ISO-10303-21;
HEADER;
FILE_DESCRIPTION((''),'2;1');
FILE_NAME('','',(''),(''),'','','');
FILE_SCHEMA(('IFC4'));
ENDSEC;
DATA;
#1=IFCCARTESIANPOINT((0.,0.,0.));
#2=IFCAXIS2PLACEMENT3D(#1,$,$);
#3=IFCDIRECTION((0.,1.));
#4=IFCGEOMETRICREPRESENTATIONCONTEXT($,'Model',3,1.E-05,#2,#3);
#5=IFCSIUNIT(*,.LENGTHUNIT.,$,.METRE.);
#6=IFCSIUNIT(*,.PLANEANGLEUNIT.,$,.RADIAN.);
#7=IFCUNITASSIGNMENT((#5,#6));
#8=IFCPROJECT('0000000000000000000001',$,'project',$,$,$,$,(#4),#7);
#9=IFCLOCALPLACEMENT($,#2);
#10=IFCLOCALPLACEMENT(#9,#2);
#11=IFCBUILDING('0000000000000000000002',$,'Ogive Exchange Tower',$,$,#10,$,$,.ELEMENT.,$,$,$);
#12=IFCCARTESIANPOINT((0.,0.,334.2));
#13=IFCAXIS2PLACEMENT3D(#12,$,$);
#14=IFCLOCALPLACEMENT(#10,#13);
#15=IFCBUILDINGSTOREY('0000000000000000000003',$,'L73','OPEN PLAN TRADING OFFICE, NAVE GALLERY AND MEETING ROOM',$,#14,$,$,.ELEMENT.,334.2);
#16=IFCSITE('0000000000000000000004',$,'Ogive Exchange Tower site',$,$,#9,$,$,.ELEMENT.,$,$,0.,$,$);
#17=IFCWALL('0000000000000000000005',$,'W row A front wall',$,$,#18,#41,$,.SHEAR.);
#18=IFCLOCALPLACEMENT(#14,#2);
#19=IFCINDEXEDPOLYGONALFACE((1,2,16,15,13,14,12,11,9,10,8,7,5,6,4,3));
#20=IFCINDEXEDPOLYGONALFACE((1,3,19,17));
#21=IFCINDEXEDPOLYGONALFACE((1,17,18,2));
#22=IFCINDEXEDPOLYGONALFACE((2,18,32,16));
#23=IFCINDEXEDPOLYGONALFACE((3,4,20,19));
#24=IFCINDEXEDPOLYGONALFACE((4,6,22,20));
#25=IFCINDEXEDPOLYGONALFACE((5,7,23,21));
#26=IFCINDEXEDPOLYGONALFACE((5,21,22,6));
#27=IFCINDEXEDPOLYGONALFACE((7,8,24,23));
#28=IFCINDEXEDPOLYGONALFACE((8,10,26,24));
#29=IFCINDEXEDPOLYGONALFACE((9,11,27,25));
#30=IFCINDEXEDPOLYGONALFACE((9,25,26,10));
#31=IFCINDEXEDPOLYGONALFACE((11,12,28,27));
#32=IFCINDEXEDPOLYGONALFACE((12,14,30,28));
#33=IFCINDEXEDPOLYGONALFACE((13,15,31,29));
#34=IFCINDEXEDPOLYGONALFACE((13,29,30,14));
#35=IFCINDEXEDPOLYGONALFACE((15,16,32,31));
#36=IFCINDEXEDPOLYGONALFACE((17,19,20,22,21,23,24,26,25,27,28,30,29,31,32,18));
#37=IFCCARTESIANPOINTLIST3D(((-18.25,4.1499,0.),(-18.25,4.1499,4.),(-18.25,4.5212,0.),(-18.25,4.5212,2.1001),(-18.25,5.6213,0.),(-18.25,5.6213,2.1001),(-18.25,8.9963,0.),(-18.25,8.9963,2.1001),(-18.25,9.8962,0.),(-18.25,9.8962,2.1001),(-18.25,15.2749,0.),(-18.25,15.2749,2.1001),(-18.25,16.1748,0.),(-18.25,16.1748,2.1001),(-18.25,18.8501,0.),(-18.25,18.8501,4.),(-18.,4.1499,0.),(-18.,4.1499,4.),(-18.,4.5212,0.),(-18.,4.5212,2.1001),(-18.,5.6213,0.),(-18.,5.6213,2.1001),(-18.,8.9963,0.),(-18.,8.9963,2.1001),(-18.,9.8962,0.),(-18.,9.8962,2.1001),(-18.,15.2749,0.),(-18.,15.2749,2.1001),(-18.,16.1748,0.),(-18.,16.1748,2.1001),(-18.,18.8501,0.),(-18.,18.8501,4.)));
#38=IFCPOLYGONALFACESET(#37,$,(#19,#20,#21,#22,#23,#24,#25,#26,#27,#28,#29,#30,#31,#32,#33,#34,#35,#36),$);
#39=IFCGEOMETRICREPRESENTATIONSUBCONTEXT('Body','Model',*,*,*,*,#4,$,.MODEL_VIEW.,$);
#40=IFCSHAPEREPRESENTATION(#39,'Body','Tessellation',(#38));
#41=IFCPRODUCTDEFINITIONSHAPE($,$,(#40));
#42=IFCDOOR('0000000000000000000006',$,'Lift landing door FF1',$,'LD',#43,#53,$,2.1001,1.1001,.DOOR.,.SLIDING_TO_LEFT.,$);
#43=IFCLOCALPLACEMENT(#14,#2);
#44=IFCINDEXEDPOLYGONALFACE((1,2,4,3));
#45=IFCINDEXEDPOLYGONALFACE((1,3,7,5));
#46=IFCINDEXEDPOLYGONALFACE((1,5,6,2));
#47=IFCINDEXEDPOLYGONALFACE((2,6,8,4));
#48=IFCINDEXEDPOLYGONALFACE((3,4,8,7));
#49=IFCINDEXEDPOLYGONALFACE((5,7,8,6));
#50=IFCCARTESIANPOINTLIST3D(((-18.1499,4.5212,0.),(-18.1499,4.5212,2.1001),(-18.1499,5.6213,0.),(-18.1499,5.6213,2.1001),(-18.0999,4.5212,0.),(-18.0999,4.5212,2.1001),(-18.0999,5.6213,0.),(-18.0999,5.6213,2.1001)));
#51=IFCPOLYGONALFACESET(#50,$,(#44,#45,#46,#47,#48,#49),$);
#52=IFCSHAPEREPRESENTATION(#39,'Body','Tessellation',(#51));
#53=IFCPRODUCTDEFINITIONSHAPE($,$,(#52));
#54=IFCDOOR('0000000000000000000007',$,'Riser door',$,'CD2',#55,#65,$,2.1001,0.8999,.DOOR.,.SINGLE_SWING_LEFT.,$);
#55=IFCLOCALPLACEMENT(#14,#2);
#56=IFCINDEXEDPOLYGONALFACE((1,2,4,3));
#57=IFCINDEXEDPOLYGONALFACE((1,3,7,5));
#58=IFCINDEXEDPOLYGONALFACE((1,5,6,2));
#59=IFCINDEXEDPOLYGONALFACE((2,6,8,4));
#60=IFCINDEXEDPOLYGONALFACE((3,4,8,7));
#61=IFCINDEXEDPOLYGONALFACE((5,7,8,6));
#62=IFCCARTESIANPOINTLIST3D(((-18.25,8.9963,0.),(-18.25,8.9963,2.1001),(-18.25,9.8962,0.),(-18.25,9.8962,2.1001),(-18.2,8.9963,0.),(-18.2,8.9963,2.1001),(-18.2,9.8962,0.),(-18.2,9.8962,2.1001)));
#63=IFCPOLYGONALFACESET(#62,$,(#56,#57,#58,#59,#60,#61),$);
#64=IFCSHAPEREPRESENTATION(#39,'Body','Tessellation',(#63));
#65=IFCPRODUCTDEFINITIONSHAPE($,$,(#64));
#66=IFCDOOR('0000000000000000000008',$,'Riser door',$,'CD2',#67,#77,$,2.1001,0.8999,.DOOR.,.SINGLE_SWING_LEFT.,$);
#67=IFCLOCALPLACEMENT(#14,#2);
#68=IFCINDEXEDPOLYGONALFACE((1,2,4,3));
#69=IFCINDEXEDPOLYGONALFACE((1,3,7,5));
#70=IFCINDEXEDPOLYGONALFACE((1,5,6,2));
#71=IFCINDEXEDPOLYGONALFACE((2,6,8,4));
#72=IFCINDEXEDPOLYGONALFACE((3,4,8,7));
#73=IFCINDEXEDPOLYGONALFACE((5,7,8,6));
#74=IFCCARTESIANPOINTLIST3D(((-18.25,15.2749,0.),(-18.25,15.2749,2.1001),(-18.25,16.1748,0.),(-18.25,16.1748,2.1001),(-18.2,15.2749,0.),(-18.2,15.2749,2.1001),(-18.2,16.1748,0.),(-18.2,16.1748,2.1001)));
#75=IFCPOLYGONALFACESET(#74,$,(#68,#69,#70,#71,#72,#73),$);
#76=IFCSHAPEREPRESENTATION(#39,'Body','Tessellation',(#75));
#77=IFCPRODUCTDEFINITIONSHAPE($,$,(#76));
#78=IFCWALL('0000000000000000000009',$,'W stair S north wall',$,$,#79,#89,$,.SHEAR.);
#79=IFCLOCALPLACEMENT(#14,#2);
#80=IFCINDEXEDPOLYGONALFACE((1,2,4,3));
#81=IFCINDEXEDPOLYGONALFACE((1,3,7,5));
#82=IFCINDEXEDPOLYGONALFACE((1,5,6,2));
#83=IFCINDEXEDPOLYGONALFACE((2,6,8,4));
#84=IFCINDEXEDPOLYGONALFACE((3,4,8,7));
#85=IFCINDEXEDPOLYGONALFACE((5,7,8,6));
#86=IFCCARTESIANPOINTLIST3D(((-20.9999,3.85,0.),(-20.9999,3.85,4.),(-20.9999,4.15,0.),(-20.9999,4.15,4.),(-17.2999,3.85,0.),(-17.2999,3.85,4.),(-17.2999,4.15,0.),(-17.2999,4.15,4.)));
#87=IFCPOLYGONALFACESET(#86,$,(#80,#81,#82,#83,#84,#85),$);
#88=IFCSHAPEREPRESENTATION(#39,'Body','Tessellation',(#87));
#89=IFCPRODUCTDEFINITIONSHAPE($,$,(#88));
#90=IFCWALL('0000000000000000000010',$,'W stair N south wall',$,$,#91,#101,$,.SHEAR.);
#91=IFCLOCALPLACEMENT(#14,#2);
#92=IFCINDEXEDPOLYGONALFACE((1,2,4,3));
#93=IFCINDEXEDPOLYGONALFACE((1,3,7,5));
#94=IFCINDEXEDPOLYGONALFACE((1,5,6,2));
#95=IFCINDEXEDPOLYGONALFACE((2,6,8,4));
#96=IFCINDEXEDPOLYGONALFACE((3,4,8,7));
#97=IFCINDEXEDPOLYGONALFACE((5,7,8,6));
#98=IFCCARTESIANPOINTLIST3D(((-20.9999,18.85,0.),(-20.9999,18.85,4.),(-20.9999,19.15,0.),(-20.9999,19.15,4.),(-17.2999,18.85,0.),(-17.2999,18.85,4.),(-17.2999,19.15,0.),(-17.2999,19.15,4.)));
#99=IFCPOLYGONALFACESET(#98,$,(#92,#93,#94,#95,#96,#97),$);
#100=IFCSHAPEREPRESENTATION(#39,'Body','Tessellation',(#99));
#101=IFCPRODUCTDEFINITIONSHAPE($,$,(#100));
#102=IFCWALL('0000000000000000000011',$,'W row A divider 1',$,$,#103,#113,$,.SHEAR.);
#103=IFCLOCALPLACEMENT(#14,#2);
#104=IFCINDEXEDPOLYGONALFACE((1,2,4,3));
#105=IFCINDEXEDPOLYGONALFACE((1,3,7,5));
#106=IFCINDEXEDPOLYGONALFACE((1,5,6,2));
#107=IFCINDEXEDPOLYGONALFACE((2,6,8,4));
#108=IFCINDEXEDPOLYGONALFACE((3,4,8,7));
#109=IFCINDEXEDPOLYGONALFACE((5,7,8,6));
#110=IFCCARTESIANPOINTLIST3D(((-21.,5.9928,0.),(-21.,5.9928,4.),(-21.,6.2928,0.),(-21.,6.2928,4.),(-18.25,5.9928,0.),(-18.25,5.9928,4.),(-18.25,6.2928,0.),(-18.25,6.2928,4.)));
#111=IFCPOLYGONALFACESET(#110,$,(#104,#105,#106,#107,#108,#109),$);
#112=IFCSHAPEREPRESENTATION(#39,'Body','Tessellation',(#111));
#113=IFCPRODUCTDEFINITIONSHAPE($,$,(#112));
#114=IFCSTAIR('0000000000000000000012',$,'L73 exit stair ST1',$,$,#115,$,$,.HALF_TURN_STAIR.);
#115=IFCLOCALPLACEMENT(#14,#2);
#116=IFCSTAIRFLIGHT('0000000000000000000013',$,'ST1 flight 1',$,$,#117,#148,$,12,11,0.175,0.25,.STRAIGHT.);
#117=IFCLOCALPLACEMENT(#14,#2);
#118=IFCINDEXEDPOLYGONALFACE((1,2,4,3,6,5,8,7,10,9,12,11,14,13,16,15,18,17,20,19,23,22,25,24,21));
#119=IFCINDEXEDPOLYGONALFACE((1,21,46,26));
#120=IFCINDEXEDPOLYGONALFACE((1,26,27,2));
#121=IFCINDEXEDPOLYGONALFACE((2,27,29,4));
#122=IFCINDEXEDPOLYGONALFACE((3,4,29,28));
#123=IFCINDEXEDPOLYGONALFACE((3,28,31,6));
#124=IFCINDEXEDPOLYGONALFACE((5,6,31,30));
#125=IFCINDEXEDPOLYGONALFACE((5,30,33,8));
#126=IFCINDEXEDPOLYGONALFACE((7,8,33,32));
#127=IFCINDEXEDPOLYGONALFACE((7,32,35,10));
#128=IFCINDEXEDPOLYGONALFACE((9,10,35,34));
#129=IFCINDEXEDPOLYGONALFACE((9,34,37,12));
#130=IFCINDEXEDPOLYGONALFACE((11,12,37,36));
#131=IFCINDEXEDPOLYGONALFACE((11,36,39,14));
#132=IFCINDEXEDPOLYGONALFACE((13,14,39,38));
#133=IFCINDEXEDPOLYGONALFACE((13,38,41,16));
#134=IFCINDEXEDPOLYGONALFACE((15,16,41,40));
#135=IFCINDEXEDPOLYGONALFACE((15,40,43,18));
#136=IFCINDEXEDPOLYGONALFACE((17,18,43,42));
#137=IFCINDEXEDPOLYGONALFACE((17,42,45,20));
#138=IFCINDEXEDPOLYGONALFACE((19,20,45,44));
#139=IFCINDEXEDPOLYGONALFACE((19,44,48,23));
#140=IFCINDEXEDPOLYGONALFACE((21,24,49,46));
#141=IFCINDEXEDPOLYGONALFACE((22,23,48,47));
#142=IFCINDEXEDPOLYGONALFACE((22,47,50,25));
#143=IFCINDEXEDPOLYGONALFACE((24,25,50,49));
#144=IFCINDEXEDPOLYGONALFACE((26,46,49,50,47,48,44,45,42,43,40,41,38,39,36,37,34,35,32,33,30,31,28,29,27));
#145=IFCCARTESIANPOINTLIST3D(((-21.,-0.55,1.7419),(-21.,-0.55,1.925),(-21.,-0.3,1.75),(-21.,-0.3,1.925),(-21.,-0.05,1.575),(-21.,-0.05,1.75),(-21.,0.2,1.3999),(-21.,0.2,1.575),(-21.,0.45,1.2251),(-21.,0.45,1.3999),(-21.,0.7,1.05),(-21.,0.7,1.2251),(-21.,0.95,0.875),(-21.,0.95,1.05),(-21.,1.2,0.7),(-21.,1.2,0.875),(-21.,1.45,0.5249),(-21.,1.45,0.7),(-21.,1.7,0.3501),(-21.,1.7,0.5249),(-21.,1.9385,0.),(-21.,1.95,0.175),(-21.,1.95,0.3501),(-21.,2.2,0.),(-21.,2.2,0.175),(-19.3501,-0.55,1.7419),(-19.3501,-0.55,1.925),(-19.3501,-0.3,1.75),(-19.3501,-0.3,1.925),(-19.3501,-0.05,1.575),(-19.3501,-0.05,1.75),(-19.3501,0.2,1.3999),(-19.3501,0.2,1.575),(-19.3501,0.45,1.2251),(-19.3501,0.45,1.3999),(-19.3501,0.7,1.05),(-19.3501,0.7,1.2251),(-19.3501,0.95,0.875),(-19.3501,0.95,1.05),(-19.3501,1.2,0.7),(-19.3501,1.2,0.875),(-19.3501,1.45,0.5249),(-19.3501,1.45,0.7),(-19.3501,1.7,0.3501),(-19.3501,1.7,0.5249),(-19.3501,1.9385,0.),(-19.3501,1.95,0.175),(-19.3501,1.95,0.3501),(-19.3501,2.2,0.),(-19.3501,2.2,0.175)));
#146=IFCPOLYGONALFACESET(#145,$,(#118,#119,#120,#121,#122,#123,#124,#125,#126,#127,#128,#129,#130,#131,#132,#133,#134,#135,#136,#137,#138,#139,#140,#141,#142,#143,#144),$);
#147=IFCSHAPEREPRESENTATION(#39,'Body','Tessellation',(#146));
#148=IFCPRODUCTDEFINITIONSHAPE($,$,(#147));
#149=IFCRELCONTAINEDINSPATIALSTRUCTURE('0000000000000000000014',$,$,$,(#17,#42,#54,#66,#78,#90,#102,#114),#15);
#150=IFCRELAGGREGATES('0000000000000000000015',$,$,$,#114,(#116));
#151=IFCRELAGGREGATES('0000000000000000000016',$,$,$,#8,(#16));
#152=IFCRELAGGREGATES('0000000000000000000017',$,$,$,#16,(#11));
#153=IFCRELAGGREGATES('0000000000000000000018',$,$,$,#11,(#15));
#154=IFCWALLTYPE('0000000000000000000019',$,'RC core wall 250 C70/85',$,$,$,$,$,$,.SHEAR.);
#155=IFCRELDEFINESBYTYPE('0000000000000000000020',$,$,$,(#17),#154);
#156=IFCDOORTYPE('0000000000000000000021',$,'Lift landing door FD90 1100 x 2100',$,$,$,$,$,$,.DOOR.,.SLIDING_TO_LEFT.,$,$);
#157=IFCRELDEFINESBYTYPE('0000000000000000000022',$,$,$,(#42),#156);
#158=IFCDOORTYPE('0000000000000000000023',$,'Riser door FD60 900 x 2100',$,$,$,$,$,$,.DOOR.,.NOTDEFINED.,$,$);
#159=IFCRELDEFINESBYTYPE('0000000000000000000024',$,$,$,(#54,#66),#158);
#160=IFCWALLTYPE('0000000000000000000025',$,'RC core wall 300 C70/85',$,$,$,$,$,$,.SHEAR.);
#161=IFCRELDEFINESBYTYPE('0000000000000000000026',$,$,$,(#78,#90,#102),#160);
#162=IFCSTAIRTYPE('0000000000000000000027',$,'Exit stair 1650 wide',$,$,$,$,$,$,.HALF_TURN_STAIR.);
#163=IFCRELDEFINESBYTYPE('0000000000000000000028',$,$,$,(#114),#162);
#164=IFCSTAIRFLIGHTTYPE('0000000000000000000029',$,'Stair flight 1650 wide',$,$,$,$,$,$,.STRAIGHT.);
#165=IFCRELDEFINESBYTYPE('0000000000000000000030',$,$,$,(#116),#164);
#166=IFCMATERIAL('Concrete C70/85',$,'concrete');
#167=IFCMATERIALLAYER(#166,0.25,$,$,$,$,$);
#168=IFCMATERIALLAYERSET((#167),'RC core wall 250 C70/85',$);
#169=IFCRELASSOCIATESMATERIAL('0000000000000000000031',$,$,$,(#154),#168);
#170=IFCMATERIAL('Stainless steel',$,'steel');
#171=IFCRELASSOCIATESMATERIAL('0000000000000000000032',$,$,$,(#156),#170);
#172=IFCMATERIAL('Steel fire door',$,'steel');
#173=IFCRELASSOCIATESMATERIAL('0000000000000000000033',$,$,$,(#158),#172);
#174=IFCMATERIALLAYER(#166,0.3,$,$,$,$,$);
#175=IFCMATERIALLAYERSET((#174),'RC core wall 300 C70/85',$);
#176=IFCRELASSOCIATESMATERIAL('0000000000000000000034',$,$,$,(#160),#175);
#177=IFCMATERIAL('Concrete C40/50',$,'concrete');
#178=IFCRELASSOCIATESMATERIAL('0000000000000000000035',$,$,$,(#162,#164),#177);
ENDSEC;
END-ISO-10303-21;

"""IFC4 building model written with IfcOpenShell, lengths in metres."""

from ifc_helpers import new_model, si_unit, direction, frame, frame_2d, origin, place, context, subcontext, project, spatial, polyline, rectangle, outline, extrude, material, layer, layer_set, type_object, element, fill, aggregate, save


model = new_model("IFC4")

# Units and contexts
model_context = context("Model", 3, precision=1e-05, world=origin(), true_north=direction((0.0, 1.0)))
body_context = subcontext(model_context, "Body", "Model", "MODEL_VIEW")
ifc_project = project(units=[si_unit("LENGTHUNIT", "METRE"), si_unit("PLANEANGLEUNIT", "RADIAN")], contexts=[model_context])

# Site, building, storey
site_placement = place(None, origin())
site = spatial("IfcSite", under=ifc_project, at=site_placement, Name="Ogive Exchange Tower site", CompositionType="ELEMENT", RefElevation=0.0)
building_placement = place(site_placement, origin())
building = spatial("IfcBuilding", under=site, at=building_placement, Name="Ogive Exchange Tower", CompositionType="ELEMENT")
storey_placement = place(building_placement, frame((0.0, 0.0, 334.2)))
storey = spatial("IfcBuildingStorey", under=building, at=storey_placement, Name="L73", Description="OPEN PLAN TRADING OFFICE, NAVE GALLERY AND MEETING ROOM", CompositionType="ELEMENT", Elevation=334.2)

# Wall, openings, doors
ifc_material_1 = material(Name="Concrete C70/85", Category="concrete")
ifc_layer_1 = layer(ifc_material_1, 0.25)
ifc_layer_set_1 = layer_set([ifc_layer_1], Name="RC core wall 250 C70/85")
wall_type_1 = type_object("IfcWallType", Name="RC core wall 250 C70/85", PredefinedType="SHEAR", material=ifc_layer_set_1)
wall_1_placement = place(storey_placement, frame((-18.125, 4.1499, 0.0), z_axis=(0.0, 0.0, 1.0), x_axis=(0.0, 1.0, 0.0)))
wall_1 = element("IfcWall", 1, at=wall_1_placement, inside=storey, type_object=wall_type_1, Name="W row A front wall", PredefinedType="SHEAR", context=body_context, shape_type="SweptSolid", body=[
    extrude(rectangle(XDim=14.7002, YDim=0.25, at=frame_2d((7.3501, 0.0))), origin(), (0.0, 0.0, 1.0), 4.0),
])
opening_1_placement = place(wall_1_placement, frame((4.8464, 0.0, 0.0)))
opening_1 = element("IfcOpeningElement", 2, at=opening_1_placement, cuts=wall_1, PredefinedType="OPENING", context=body_context, shape_type="SweptSolid", body=[
    extrude(rectangle(XDim=0.8999, YDim=2.1001, at=frame_2d((0.45, 1.05))), frame((0.0, 0.135, 0.0), z_axis=(0.0, -1.0, 0.0), x_axis=(1.0, 0.0, 0.0)), (0.0, 0.0, 1.0), 0.27),
])
opening_2_placement = place(wall_1_placement, frame((11.125, 0.0, 0.0)))
opening_2 = element("IfcOpeningElement", 3, at=opening_2_placement, cuts=wall_1, PredefinedType="OPENING", context=body_context, shape_type="SweptSolid", body=[
    extrude(rectangle(XDim=0.8999, YDim=2.1001, at=frame_2d((0.45, 1.05))), frame((0.0, 0.135, 0.0), z_axis=(0.0, -1.0, 0.0), x_axis=(1.0, 0.0, 0.0)), (0.0, 0.0, 1.0), 0.27),
])
opening_3_placement = place(wall_1_placement, frame((0.3713, 0.0, 0.0)))
opening_3 = element("IfcOpeningElement", 4, at=opening_3_placement, cuts=wall_1, PredefinedType="OPENING", context=body_context, shape_type="SweptSolid", body=[
    extrude(rectangle(XDim=1.1001, YDim=2.1001, at=frame_2d((0.55, 1.05))), frame((0.0, 0.135, 0.0), z_axis=(0.0, -1.0, 0.0), x_axis=(1.0, 0.0, 0.0)), (0.0, 0.0, 1.0), 0.27),
])
ifc_material_2 = material(Name="Stainless steel", Category="steel")
door_type_1 = type_object("IfcDoorType", Name="Lift landing door FD90 1100 x 2100", OperationType="SLIDING_TO_LEFT", PredefinedType="DOOR", material=ifc_material_2)
door_1_placement = place(opening_3_placement, origin())
door_1 = element("IfcDoor", 5, at=door_1_placement, inside=storey, type_object=door_type_1, Name="Lift landing door FF1", ObjectType="LD", OperationType="SLIDING_TO_LEFT", OverallHeight=2.1001, OverallWidth=1.1001, PredefinedType="DOOR", context=body_context, shape_type="SweptSolid", body=[
    extrude(rectangle(XDim=1.1001, YDim=2.1001, at=frame_2d((0.55, 1.05))), frame((0.0, 0.0249, 0.0), z_axis=(0.0, -1.0, 0.0), x_axis=(1.0, 0.0, 0.0)), (0.0, 0.0, 1.0), 0.05),
])
fill(opening_3, door_1)
ifc_material_3 = material(Name="Steel fire door", Category="steel")
door_type_2 = type_object("IfcDoorType", Name="Riser door FD60 900 x 2100", OperationType="NOTDEFINED", PredefinedType="DOOR", material=ifc_material_3)
door_2_placement = place(opening_1_placement, origin())
door_2 = element("IfcDoor", 6, at=door_2_placement, inside=storey, type_object=door_type_2, Name="Riser door", ObjectType="CD2", OperationType="SINGLE_SWING_LEFT", OverallHeight=2.1001, OverallWidth=0.8999, PredefinedType="DOOR", context=body_context, shape_type="SweptSolid", body=[
    extrude(rectangle(XDim=0.8999, YDim=2.1001, at=frame_2d((0.45, 1.05))), frame((0.0, 0.125, 0.0), z_axis=(0.0, -1.0, 0.0), x_axis=(1.0, 0.0, 0.0)), (0.0, 0.0, 1.0), 0.05),
])
fill(opening_1, door_2)
door_3_placement = place(opening_2_placement, origin())
door_3 = element("IfcDoor", 7, at=door_3_placement, inside=storey, type_object=door_type_2, Name="Riser door", ObjectType="CD2", OperationType="SINGLE_SWING_LEFT", OverallHeight=2.1001, OverallWidth=0.8999, PredefinedType="DOOR", context=body_context, shape_type="SweptSolid", body=[
    extrude(rectangle(XDim=0.8999, YDim=2.1001, at=frame_2d((0.45, 1.05))), frame((0.0, 0.125, 0.0), z_axis=(0.0, -1.0, 0.0), x_axis=(1.0, 0.0, 0.0)), (0.0, 0.0, 1.0), 0.05),
])
fill(opening_2, door_3)

# Walls
ifc_layer_2 = layer(ifc_material_1, 0.3)
ifc_layer_set_2 = layer_set([ifc_layer_2], Name="RC core wall 300 C70/85")
wall_type_2 = type_object("IfcWallType", Name="RC core wall 300 C70/85", PredefinedType="SHEAR", material=ifc_layer_set_2)
for number, where, z_axis, x_axis, name in (
    (8, (-21.0, 4.0, 0.0), (0.0, 0.0, 1.0), (1.0, 0.0, 0.0), "W stair S north wall"),
    (9, (-21.0, 19.0, 0.0), (0.0, 0.0, 1.0), (1.0, 0.0, 0.0), "W stair N south wall"),
):
    element("IfcWall", number, at=place(storey_placement, frame(where, z_axis=z_axis, x_axis=x_axis)), inside=storey, type_object=wall_type_2, Name=name, PredefinedType="SHEAR", context=body_context, shape_type="SweptSolid", body=[
        extrude(rectangle(XDim=3.7, YDim=0.3, at=frame_2d((1.8501, 0.0))), origin(), (0.0, 0.0, 1.0), 4.0),
    ])
wall_2_placement = place(storey_placement, frame((-21.0, 6.1428, 0.0), z_axis=(0.0, 0.0, 1.0), x_axis=(1.0, 0.0, 0.0)))
element("IfcWall", 10, at=wall_2_placement, inside=storey, type_object=wall_type_2, Name="W row A divider 1", PredefinedType="SHEAR", context=body_context, shape_type="SweptSolid", body=[
    extrude(rectangle(XDim=2.75, YDim=0.3, at=frame_2d((1.375, 0.0))), origin(), (0.0, 0.0, 1.0), 4.0),
])

# Stair, stair flight
ifc_material_4 = material(Name="Concrete C40/50", Category="concrete")
stair_type = type_object("IfcStairType", Name="Exit stair 1650 wide", PredefinedType="HALF_TURN_STAIR", material=ifc_material_4)
stair_placement = place(storey_placement, origin())
stair = element("IfcStair", 11, at=stair_placement, inside=storey, type_object=stair_type, Name="L73 exit stair ST1", PredefinedType="HALF_TURN_STAIR")
stair_flight_type = type_object("IfcStairFlightType", Name="Stair flight 1650 wide", PredefinedType="STRAIGHT", material=ifc_material_4)
stair_flight_placement = place(storey_placement, frame((-20.175, 2.2, 0.0), z_axis=(0.0, 0.0, 1.0), x_axis=(0.0, -1.0, 0.0)))
stair_flight = element("IfcStairFlight", 12, at=stair_flight_placement, type_object=stair_flight_type, Name="ST1 flight 1", NumberOfRisers=12, NumberOfTreads=11, PredefinedType="STRAIGHT", RiserHeight=0.175, TreadLength=0.25, context=body_context, shape_type="SweptSolid", body=[
    extrude(outline(polyline([(0.0, 0.0), (0.0, 0.175), (0.25, 0.175), (0.25, 0.3501), (0.5, 0.3501), (0.5, 0.5249), (0.75, 0.5249), (0.75, 0.7), (1.0, 0.7), (1.0, 0.875), (1.25, 0.875), (1.25, 1.05), (1.5, 1.05), (1.5, 1.2251), (1.75, 1.2251), (1.75, 1.3999), (2.0, 1.3999), (2.0, 1.575), (2.25, 1.575), (2.25, 1.75), (2.5, 1.75), (2.5, 1.925), (2.75, 1.925), (2.75, 2.1001), (2.75, 1.7419), (0.2615, 0.0), (0.0, 0.0)])), frame((0.0, 0.825, 0.0), z_axis=(0.0, -1.0, 0.0), x_axis=(1.0, 0.0, 0.0)), (0.0, 0.0, 1.0), 1.6499),
])
aggregate(stair, [stair_flight])

save(model, "model.ifc")
